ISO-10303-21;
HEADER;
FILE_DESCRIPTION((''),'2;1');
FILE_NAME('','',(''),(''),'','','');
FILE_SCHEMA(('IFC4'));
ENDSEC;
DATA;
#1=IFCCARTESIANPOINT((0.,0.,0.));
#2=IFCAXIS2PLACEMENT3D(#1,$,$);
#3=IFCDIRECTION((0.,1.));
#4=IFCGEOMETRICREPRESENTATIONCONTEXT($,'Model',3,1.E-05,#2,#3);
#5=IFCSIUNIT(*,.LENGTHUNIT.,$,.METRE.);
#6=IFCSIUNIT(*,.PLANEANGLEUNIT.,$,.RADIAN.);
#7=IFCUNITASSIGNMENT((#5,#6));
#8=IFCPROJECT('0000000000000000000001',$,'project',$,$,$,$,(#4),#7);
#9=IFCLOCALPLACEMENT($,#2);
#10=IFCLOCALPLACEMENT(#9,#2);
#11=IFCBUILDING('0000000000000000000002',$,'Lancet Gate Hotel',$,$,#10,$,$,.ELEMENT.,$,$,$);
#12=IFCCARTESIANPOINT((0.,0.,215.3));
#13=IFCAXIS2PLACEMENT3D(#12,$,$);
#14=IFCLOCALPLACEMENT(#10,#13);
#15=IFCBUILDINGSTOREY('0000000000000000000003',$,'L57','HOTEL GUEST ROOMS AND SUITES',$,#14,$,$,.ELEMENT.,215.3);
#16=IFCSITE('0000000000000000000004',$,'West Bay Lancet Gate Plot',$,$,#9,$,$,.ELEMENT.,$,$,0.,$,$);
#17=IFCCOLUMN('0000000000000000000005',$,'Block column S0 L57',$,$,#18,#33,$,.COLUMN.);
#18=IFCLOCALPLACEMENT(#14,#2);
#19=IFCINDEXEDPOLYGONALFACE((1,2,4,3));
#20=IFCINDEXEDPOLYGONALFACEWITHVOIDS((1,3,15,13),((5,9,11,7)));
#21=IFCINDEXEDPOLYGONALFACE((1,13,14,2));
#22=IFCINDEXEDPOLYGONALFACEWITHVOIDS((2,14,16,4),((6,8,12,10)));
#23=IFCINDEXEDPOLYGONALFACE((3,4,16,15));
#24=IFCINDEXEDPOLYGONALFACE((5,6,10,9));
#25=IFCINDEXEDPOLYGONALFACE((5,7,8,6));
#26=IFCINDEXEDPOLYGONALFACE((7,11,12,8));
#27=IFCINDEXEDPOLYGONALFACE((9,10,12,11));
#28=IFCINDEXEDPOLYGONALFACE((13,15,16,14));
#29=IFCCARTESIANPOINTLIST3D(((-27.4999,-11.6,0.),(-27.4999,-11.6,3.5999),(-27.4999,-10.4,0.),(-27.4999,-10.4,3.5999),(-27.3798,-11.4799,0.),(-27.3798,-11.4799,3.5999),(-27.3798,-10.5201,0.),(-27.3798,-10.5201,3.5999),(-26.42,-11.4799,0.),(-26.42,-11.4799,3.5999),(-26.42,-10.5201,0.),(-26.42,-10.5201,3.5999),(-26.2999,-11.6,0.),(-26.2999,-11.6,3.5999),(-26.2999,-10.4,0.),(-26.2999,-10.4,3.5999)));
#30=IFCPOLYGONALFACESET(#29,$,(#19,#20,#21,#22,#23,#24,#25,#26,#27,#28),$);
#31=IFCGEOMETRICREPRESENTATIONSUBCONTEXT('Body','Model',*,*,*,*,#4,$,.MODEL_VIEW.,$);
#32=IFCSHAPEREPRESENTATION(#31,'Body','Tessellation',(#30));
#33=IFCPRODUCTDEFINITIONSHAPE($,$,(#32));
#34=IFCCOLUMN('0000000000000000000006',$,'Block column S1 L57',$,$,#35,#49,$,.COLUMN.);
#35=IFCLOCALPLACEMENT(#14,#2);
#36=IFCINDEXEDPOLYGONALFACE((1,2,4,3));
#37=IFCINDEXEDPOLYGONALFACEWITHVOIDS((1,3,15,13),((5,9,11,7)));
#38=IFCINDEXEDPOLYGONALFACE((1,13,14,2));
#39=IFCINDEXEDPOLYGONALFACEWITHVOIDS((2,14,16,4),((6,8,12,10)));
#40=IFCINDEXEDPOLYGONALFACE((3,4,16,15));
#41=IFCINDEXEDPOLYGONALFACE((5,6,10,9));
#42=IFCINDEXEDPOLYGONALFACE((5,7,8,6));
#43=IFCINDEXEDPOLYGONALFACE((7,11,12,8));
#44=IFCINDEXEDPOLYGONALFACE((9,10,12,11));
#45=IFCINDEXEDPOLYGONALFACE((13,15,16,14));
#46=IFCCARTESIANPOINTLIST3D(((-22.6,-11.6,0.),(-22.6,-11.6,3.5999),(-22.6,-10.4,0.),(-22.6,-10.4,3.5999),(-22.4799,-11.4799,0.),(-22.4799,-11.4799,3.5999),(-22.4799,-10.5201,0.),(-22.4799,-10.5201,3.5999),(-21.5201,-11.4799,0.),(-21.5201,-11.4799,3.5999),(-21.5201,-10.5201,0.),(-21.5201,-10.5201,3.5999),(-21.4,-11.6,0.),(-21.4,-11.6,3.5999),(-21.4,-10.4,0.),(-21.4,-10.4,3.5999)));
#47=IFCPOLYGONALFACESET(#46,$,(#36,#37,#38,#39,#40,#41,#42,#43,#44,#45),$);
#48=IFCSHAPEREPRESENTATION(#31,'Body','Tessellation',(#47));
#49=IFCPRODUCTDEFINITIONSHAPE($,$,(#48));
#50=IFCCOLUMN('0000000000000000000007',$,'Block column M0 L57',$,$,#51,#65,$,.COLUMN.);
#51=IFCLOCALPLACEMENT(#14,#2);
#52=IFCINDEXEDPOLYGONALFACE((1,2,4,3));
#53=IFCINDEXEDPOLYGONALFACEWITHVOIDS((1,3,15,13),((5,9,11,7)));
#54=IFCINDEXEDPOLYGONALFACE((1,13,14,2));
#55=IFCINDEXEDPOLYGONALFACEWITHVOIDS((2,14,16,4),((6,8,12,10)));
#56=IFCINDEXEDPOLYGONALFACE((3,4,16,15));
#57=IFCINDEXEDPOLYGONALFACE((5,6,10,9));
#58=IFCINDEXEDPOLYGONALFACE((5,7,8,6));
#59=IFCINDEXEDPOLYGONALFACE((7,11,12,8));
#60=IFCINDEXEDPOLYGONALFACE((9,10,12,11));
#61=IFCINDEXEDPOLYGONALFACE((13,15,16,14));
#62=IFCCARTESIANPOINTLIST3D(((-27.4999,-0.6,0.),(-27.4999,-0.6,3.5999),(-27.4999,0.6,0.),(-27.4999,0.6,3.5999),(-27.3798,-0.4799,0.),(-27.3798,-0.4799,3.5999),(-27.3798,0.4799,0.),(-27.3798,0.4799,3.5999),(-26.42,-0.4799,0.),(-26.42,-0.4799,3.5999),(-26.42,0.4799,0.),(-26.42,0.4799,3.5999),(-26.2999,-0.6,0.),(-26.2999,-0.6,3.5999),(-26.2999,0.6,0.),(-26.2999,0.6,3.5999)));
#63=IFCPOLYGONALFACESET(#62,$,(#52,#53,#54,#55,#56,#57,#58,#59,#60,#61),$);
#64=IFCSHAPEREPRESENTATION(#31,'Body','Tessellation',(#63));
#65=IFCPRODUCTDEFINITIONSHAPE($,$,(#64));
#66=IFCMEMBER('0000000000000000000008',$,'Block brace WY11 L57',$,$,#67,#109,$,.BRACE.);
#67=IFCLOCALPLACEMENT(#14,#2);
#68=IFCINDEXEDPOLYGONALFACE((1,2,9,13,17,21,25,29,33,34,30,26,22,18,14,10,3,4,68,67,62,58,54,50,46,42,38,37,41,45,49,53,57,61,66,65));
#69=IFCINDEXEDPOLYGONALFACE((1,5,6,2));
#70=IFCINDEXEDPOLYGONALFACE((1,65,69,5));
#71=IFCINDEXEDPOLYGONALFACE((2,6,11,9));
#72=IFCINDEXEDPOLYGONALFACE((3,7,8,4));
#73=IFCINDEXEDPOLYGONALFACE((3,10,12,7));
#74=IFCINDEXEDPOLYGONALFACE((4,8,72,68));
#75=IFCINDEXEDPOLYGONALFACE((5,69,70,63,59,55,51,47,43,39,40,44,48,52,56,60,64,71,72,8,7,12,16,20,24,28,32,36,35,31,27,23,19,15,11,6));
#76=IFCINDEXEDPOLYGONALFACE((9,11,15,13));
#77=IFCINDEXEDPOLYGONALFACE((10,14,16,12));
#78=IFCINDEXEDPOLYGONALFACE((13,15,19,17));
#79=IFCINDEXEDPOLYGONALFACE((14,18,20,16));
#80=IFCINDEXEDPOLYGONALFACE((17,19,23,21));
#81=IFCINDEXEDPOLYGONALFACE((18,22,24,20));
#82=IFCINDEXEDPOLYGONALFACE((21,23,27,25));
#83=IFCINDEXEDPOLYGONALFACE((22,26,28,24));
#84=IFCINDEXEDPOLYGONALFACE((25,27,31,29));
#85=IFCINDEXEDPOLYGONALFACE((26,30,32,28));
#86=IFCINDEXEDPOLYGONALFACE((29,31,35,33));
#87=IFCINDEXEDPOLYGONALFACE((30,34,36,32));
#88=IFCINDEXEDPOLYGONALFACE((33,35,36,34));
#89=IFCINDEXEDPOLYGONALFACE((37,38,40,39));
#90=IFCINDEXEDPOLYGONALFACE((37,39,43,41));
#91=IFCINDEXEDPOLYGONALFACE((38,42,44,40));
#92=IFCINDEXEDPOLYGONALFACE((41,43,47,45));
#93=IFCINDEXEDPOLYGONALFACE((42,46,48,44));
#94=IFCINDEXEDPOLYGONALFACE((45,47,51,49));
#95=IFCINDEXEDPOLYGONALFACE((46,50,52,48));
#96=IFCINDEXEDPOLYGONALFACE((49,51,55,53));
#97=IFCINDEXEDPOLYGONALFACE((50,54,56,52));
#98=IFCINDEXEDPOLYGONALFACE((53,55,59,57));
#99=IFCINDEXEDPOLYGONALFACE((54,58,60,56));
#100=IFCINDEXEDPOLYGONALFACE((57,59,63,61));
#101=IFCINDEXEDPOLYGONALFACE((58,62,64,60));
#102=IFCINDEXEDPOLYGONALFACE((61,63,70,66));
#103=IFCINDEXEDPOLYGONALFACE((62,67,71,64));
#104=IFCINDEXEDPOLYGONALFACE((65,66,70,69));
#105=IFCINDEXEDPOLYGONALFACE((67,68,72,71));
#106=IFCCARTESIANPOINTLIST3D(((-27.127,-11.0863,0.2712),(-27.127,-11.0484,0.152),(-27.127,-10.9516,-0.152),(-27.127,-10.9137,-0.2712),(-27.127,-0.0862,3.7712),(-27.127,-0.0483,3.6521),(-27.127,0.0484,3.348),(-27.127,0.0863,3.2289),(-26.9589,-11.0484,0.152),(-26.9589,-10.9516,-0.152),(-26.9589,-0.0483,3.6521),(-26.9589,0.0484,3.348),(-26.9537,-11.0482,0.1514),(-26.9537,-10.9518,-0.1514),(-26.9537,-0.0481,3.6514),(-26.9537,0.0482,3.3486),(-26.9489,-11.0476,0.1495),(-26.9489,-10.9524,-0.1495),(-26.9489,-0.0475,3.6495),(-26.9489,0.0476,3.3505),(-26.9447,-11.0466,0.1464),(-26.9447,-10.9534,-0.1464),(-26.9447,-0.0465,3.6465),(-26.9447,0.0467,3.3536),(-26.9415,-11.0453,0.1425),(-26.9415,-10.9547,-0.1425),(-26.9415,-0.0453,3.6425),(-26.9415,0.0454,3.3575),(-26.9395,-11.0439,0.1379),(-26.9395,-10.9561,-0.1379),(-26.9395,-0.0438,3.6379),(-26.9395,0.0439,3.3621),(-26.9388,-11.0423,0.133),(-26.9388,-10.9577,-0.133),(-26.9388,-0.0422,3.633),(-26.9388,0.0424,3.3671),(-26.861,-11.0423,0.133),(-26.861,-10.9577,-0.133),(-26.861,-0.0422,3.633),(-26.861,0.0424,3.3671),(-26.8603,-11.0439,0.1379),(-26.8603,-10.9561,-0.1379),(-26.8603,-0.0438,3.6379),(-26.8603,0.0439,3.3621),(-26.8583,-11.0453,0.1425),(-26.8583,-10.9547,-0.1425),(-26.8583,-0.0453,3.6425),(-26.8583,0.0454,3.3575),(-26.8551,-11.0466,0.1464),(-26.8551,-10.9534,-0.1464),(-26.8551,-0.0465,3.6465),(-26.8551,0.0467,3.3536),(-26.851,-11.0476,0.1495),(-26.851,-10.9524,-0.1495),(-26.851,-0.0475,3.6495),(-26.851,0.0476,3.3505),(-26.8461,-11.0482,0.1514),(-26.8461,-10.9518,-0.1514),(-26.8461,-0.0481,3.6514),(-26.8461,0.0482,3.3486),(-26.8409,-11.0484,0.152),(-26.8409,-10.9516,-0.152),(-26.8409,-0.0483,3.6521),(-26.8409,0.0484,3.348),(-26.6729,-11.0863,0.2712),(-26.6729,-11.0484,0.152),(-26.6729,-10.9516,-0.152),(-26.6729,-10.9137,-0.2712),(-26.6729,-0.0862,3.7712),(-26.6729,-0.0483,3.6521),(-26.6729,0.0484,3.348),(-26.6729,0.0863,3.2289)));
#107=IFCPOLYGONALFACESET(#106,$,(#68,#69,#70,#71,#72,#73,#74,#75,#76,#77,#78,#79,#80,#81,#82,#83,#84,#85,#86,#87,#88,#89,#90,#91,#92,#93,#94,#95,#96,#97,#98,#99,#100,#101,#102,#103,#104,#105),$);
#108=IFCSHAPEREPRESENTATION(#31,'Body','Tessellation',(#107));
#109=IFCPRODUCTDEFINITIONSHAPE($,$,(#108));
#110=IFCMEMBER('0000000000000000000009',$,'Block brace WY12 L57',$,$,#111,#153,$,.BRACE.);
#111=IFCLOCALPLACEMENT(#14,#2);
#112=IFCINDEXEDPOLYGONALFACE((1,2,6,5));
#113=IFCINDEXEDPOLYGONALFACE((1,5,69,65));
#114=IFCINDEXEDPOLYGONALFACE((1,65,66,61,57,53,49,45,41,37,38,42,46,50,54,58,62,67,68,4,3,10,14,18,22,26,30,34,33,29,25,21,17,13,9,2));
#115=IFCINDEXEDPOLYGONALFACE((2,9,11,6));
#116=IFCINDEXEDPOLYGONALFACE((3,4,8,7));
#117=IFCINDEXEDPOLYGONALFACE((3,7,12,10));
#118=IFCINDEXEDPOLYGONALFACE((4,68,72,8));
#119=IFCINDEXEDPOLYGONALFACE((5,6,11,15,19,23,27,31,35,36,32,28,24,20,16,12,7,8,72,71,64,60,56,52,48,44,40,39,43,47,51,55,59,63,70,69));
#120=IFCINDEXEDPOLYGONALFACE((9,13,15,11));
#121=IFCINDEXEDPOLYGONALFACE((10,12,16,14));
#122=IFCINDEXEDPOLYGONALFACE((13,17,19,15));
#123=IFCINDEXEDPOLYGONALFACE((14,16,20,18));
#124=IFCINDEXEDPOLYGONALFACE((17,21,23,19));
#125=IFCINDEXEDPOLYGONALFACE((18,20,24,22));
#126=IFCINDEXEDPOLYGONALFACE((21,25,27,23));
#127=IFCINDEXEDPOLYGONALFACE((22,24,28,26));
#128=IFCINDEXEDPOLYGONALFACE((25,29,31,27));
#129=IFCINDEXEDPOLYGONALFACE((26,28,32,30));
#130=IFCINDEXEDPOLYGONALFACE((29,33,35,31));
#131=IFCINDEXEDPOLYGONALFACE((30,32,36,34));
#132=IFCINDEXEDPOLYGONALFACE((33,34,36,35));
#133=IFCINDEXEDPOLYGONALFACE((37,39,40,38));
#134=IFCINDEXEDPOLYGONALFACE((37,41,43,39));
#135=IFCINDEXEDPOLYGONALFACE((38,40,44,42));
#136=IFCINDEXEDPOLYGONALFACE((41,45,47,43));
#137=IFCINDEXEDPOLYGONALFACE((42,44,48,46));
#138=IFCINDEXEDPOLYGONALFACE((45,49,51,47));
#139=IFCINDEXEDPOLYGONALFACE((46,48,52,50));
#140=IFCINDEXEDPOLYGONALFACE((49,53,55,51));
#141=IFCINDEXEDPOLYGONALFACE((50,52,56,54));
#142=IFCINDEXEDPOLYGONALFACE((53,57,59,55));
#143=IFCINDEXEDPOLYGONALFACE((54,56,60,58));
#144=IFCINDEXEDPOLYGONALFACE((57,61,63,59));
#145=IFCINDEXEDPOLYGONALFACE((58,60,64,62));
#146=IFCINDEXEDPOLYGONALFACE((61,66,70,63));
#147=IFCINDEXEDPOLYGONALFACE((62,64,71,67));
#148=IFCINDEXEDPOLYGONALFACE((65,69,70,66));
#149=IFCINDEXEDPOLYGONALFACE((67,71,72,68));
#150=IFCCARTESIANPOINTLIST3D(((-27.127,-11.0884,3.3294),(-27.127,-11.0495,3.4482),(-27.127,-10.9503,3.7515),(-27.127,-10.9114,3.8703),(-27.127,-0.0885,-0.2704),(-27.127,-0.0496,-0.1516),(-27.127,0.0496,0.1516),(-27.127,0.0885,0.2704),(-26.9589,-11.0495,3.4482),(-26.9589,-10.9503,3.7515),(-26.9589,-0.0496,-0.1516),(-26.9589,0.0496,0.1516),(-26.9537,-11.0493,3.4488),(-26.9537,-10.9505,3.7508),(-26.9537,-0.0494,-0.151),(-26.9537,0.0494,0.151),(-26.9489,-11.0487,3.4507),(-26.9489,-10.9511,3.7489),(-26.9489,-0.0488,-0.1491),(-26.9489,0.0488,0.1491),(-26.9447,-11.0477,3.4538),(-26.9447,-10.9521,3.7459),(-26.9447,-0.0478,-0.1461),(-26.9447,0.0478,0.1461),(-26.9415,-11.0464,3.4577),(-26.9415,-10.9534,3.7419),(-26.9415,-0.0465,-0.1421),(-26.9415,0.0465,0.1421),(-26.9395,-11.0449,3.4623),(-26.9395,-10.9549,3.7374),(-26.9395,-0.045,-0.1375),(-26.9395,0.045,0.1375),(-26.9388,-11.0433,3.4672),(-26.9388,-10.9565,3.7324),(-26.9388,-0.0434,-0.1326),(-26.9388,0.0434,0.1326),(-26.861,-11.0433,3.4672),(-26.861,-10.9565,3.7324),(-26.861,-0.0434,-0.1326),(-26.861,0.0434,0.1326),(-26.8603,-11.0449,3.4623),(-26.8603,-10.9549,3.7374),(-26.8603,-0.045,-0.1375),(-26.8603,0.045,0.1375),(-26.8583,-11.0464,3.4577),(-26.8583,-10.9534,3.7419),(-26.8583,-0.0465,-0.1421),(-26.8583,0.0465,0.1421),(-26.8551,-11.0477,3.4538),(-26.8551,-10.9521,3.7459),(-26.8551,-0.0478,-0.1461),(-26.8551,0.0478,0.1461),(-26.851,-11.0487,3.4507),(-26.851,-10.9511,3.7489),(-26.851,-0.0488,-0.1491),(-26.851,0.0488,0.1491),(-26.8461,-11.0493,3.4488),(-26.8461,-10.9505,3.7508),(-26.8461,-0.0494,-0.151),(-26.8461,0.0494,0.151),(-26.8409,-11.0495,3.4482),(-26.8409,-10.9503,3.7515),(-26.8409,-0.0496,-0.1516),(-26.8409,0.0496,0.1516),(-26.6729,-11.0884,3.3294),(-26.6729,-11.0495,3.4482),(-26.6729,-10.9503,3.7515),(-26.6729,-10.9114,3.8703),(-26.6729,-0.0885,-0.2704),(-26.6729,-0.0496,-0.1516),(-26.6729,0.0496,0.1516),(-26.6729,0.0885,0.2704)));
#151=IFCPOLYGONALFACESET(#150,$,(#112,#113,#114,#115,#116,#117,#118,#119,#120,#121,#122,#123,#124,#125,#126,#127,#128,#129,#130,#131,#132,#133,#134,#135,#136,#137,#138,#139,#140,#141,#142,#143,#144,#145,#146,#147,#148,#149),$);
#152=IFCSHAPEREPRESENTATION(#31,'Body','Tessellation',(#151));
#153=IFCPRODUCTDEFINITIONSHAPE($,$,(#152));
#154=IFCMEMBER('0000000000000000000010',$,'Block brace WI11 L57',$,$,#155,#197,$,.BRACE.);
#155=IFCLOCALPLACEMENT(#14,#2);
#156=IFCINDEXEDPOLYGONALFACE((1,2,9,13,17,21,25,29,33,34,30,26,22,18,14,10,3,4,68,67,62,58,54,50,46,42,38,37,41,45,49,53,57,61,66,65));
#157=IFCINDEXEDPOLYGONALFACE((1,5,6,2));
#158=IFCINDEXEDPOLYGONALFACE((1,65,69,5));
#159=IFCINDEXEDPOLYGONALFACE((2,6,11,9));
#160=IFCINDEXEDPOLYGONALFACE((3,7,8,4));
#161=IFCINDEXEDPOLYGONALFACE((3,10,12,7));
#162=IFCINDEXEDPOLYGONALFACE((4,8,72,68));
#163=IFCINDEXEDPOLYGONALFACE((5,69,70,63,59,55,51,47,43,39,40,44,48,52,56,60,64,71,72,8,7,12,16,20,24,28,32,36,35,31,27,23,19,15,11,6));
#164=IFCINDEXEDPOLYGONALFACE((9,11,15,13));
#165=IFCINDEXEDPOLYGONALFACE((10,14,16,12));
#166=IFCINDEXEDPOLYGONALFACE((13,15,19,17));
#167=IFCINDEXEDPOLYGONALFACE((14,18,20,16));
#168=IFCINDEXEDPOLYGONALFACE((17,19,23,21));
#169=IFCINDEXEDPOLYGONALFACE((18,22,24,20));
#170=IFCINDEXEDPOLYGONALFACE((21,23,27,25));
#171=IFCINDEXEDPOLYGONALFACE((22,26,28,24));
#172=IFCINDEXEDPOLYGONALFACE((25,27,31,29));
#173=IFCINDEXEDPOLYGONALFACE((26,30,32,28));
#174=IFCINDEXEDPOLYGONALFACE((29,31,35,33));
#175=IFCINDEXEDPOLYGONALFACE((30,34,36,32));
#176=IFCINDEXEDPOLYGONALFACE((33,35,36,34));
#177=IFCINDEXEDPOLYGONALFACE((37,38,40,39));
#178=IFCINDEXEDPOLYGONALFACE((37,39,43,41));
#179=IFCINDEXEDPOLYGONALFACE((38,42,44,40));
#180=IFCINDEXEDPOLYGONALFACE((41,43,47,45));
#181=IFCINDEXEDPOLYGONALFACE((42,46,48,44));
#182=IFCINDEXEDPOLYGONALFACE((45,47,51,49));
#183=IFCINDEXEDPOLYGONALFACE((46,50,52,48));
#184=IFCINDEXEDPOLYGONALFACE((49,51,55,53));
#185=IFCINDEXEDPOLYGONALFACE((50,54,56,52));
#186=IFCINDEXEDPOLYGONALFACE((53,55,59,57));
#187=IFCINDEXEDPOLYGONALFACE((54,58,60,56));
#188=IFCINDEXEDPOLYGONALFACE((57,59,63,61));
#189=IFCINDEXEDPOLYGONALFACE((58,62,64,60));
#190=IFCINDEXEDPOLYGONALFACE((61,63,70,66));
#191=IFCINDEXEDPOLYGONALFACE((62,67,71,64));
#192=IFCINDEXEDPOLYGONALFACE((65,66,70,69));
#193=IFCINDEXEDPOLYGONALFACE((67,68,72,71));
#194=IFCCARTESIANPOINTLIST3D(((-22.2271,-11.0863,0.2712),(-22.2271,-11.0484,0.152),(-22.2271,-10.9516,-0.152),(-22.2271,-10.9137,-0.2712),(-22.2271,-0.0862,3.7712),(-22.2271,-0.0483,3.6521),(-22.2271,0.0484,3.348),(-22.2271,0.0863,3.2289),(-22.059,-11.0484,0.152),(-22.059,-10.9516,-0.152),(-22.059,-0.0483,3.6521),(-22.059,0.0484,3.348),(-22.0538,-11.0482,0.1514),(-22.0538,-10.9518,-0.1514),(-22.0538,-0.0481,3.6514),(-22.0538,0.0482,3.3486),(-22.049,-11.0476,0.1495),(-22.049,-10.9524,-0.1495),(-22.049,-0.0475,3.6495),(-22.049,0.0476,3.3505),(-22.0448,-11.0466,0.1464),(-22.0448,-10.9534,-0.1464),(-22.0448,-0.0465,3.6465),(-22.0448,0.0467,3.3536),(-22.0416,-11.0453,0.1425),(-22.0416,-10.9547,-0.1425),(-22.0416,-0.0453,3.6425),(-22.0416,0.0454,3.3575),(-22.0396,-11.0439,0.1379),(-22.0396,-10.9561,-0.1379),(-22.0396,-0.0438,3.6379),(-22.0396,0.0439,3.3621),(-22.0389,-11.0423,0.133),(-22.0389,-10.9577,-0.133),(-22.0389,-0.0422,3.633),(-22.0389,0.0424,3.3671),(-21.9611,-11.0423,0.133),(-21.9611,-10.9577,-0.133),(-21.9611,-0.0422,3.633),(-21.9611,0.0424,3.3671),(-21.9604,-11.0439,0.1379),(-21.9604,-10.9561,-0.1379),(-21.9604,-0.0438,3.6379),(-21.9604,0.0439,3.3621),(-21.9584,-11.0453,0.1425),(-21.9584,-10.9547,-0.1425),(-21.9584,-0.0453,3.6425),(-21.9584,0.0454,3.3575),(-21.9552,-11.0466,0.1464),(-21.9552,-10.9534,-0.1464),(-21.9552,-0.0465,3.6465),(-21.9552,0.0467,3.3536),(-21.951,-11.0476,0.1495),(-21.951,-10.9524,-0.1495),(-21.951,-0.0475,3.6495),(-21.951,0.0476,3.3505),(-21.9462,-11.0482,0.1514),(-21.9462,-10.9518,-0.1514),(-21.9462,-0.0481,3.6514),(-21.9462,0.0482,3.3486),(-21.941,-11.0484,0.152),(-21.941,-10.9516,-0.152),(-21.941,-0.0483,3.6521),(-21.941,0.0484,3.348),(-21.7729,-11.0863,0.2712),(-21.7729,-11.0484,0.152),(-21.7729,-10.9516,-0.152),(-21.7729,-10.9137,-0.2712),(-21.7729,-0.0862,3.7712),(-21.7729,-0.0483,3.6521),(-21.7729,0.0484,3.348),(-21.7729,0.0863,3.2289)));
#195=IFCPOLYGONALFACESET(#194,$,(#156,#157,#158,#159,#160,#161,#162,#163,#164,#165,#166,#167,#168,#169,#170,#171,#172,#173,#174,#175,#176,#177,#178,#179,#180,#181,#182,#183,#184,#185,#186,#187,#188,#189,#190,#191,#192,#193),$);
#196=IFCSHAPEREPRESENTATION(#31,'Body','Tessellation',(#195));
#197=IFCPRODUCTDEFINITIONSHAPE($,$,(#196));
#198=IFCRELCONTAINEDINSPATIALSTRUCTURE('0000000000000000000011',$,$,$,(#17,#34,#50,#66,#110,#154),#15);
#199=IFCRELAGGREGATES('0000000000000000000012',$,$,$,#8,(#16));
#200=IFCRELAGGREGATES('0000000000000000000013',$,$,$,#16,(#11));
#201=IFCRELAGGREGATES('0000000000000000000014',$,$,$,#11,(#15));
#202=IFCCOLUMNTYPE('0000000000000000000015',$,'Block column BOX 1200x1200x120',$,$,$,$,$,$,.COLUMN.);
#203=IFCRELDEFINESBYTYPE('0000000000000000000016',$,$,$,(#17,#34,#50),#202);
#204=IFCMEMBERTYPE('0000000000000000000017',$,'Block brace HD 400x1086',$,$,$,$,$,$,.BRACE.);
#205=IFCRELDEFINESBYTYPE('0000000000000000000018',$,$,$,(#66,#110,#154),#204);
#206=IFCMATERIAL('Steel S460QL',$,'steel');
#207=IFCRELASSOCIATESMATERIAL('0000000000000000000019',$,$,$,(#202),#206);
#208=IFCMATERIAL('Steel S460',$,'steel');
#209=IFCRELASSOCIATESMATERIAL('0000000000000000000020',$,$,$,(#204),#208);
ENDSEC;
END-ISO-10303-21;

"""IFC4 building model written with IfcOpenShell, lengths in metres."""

from ifc_helpers import new_model, si_unit, direction, frame, origin, origin_2d, place, context, subcontext, project, spatial, hollow_rectangle, i_section, extrude, material, material_profile, profile_set, type_object, element, save


model = new_model("IFC4")

# Units and contexts
model_context = context("Model", 3, precision=1e-05, world=origin(), true_north=direction((0.0, 1.0)))
body_context = subcontext(model_context, "Body", "Model", "MODEL_VIEW")
ifc_project = project(units=[si_unit("LENGTHUNIT", "METRE"), si_unit("PLANEANGLEUNIT", "RADIAN")], contexts=[model_context])

# Site, building, storey
site_placement = place(None, origin())
site = spatial("IfcSite", under=ifc_project, at=site_placement, Name="West Bay Lancet Gate Plot", CompositionType="ELEMENT", RefElevation=0.0)
building_placement = place(site_placement, origin())
building = spatial("IfcBuilding", under=site, at=building_placement, Name="Lancet Gate Hotel", CompositionType="ELEMENT")
storey_placement = place(building_placement, frame((0.0, 0.0, 215.3)))
storey = spatial("IfcBuildingStorey", under=building, at=storey_placement, Name="L57", Description="HOTEL GUEST ROOMS AND SUITES", CompositionType="ELEMENT", Elevation=215.3)

# Columns
ifc_material_1 = material(Name="Steel S460QL", Category="steel")
ifc_material_profile_1 = material_profile(ifc_material_1, hollow_rectangle(XDim=1.2, YDim=1.2, WallThickness=0.1201, at=origin_2d()), Name="BOX 1200x1200x120")
ifc_profile_set_1 = profile_set([ifc_material_profile_1], Name="Steel S460QL")
column_type = type_object("IfcColumnType", Name="Block column BOX 1200x1200x120", PredefinedType="COLUMN", material=ifc_profile_set_1)
for number, where, z_axis, x_axis, name in (
    (1, (-26.8999, -11.0, 0.0), (0.0, 0.0, 1.0), (1.0, 0.0, 0.0), "Block column S0 L57"),
    (2, (-22.0, -11.0, 0.0), (0.0, 0.0, 1.0), (1.0, 0.0, 0.0), "Block column S1 L57"),
    (3, (-26.8999, 0.0, 0.0), (0.0, 0.0, 1.0), (1.0, 0.0, 0.0), "Block column M0 L57"),
):
    element("IfcColumn", number, at=place(storey_placement, frame(where, z_axis=z_axis, x_axis=x_axis)), inside=storey, type_object=column_type, Name=name, PredefinedType="COLUMN", context=body_context, shape_type="SweptSolid", body=[
        extrude(hollow_rectangle(XDim=1.2, YDim=1.2, WallThickness=0.1201, at=origin_2d()), origin(), (0.0, 0.0, 1.0), 3.5999),
    ])

# Members
ifc_material_2 = material(Name="Steel S460", Category="steel")
ifc_material_profile_2 = material_profile(ifc_material_2, i_section(OverallWidth=0.4541, OverallDepth=0.5691, WebThickness=0.0779, FlangeThickness=0.125, FilletRadius=0.02, at=origin_2d()), Name="HD 400x1086")
ifc_profile_set_2 = profile_set([ifc_material_profile_2], Name="Steel S460")
member_type = type_object("IfcMemberType", Name="Block brace HD 400x1086", PredefinedType="BRACE", material=ifc_profile_set_2)
member_1_placement = place(storey_placement, frame((-26.8999, -11.0, 0.0), z_axis=(0.0, 0.952926, 0.303204), x_axis=(-1.0, 0.0, 0.0)))
element("IfcMember", 4, at=member_1_placement, inside=storey, type_object=member_type, Name="Block brace WY11 L57", PredefinedType="BRACE", context=body_context, shape_type="SweptSolid", body=[
    extrude(i_section(OverallWidth=0.4541, OverallDepth=0.5691, WebThickness=0.0779, FlangeThickness=0.125, FilletRadius=0.02, at=origin_2d()), origin(), (0.0, 0.0, 1.0), 11.5435),
])
member_2_placement = place(storey_placement, frame((-26.8999, 0.0, 0.0), z_axis=(0.0, -0.950401, 0.311028), x_axis=(1.0, 0.0, 0.0)))
element("IfcMember", 5, at=member_2_placement, inside=storey, type_object=member_type, Name="Block brace WY12 L57", PredefinedType="BRACE", context=body_context, shape_type="SweptSolid", body=[
    extrude(i_section(OverallWidth=0.4541, OverallDepth=0.5691, WebThickness=0.0779, FlangeThickness=0.125, FilletRadius=0.02, at=origin_2d()), origin(), (0.0, 0.0, 1.0), 11.574),
])
member_3_placement = place(storey_placement, frame((-22.0, -11.0, 0.0), z_axis=(0.0, 0.952926, 0.303204), x_axis=(-1.0, 0.0, 0.0)))
element("IfcMember", 6, at=member_3_placement, inside=storey, type_object=member_type, Name="Block brace WI11 L57", PredefinedType="BRACE", context=body_context, shape_type="SweptSolid", body=[
    extrude(i_section(OverallWidth=0.4541, OverallDepth=0.5691, WebThickness=0.0779, FlangeThickness=0.125, FilletRadius=0.02, at=origin_2d()), origin(), (0.0, 0.0, 1.0), 11.5435),
])

save(model, "model.ifc")
